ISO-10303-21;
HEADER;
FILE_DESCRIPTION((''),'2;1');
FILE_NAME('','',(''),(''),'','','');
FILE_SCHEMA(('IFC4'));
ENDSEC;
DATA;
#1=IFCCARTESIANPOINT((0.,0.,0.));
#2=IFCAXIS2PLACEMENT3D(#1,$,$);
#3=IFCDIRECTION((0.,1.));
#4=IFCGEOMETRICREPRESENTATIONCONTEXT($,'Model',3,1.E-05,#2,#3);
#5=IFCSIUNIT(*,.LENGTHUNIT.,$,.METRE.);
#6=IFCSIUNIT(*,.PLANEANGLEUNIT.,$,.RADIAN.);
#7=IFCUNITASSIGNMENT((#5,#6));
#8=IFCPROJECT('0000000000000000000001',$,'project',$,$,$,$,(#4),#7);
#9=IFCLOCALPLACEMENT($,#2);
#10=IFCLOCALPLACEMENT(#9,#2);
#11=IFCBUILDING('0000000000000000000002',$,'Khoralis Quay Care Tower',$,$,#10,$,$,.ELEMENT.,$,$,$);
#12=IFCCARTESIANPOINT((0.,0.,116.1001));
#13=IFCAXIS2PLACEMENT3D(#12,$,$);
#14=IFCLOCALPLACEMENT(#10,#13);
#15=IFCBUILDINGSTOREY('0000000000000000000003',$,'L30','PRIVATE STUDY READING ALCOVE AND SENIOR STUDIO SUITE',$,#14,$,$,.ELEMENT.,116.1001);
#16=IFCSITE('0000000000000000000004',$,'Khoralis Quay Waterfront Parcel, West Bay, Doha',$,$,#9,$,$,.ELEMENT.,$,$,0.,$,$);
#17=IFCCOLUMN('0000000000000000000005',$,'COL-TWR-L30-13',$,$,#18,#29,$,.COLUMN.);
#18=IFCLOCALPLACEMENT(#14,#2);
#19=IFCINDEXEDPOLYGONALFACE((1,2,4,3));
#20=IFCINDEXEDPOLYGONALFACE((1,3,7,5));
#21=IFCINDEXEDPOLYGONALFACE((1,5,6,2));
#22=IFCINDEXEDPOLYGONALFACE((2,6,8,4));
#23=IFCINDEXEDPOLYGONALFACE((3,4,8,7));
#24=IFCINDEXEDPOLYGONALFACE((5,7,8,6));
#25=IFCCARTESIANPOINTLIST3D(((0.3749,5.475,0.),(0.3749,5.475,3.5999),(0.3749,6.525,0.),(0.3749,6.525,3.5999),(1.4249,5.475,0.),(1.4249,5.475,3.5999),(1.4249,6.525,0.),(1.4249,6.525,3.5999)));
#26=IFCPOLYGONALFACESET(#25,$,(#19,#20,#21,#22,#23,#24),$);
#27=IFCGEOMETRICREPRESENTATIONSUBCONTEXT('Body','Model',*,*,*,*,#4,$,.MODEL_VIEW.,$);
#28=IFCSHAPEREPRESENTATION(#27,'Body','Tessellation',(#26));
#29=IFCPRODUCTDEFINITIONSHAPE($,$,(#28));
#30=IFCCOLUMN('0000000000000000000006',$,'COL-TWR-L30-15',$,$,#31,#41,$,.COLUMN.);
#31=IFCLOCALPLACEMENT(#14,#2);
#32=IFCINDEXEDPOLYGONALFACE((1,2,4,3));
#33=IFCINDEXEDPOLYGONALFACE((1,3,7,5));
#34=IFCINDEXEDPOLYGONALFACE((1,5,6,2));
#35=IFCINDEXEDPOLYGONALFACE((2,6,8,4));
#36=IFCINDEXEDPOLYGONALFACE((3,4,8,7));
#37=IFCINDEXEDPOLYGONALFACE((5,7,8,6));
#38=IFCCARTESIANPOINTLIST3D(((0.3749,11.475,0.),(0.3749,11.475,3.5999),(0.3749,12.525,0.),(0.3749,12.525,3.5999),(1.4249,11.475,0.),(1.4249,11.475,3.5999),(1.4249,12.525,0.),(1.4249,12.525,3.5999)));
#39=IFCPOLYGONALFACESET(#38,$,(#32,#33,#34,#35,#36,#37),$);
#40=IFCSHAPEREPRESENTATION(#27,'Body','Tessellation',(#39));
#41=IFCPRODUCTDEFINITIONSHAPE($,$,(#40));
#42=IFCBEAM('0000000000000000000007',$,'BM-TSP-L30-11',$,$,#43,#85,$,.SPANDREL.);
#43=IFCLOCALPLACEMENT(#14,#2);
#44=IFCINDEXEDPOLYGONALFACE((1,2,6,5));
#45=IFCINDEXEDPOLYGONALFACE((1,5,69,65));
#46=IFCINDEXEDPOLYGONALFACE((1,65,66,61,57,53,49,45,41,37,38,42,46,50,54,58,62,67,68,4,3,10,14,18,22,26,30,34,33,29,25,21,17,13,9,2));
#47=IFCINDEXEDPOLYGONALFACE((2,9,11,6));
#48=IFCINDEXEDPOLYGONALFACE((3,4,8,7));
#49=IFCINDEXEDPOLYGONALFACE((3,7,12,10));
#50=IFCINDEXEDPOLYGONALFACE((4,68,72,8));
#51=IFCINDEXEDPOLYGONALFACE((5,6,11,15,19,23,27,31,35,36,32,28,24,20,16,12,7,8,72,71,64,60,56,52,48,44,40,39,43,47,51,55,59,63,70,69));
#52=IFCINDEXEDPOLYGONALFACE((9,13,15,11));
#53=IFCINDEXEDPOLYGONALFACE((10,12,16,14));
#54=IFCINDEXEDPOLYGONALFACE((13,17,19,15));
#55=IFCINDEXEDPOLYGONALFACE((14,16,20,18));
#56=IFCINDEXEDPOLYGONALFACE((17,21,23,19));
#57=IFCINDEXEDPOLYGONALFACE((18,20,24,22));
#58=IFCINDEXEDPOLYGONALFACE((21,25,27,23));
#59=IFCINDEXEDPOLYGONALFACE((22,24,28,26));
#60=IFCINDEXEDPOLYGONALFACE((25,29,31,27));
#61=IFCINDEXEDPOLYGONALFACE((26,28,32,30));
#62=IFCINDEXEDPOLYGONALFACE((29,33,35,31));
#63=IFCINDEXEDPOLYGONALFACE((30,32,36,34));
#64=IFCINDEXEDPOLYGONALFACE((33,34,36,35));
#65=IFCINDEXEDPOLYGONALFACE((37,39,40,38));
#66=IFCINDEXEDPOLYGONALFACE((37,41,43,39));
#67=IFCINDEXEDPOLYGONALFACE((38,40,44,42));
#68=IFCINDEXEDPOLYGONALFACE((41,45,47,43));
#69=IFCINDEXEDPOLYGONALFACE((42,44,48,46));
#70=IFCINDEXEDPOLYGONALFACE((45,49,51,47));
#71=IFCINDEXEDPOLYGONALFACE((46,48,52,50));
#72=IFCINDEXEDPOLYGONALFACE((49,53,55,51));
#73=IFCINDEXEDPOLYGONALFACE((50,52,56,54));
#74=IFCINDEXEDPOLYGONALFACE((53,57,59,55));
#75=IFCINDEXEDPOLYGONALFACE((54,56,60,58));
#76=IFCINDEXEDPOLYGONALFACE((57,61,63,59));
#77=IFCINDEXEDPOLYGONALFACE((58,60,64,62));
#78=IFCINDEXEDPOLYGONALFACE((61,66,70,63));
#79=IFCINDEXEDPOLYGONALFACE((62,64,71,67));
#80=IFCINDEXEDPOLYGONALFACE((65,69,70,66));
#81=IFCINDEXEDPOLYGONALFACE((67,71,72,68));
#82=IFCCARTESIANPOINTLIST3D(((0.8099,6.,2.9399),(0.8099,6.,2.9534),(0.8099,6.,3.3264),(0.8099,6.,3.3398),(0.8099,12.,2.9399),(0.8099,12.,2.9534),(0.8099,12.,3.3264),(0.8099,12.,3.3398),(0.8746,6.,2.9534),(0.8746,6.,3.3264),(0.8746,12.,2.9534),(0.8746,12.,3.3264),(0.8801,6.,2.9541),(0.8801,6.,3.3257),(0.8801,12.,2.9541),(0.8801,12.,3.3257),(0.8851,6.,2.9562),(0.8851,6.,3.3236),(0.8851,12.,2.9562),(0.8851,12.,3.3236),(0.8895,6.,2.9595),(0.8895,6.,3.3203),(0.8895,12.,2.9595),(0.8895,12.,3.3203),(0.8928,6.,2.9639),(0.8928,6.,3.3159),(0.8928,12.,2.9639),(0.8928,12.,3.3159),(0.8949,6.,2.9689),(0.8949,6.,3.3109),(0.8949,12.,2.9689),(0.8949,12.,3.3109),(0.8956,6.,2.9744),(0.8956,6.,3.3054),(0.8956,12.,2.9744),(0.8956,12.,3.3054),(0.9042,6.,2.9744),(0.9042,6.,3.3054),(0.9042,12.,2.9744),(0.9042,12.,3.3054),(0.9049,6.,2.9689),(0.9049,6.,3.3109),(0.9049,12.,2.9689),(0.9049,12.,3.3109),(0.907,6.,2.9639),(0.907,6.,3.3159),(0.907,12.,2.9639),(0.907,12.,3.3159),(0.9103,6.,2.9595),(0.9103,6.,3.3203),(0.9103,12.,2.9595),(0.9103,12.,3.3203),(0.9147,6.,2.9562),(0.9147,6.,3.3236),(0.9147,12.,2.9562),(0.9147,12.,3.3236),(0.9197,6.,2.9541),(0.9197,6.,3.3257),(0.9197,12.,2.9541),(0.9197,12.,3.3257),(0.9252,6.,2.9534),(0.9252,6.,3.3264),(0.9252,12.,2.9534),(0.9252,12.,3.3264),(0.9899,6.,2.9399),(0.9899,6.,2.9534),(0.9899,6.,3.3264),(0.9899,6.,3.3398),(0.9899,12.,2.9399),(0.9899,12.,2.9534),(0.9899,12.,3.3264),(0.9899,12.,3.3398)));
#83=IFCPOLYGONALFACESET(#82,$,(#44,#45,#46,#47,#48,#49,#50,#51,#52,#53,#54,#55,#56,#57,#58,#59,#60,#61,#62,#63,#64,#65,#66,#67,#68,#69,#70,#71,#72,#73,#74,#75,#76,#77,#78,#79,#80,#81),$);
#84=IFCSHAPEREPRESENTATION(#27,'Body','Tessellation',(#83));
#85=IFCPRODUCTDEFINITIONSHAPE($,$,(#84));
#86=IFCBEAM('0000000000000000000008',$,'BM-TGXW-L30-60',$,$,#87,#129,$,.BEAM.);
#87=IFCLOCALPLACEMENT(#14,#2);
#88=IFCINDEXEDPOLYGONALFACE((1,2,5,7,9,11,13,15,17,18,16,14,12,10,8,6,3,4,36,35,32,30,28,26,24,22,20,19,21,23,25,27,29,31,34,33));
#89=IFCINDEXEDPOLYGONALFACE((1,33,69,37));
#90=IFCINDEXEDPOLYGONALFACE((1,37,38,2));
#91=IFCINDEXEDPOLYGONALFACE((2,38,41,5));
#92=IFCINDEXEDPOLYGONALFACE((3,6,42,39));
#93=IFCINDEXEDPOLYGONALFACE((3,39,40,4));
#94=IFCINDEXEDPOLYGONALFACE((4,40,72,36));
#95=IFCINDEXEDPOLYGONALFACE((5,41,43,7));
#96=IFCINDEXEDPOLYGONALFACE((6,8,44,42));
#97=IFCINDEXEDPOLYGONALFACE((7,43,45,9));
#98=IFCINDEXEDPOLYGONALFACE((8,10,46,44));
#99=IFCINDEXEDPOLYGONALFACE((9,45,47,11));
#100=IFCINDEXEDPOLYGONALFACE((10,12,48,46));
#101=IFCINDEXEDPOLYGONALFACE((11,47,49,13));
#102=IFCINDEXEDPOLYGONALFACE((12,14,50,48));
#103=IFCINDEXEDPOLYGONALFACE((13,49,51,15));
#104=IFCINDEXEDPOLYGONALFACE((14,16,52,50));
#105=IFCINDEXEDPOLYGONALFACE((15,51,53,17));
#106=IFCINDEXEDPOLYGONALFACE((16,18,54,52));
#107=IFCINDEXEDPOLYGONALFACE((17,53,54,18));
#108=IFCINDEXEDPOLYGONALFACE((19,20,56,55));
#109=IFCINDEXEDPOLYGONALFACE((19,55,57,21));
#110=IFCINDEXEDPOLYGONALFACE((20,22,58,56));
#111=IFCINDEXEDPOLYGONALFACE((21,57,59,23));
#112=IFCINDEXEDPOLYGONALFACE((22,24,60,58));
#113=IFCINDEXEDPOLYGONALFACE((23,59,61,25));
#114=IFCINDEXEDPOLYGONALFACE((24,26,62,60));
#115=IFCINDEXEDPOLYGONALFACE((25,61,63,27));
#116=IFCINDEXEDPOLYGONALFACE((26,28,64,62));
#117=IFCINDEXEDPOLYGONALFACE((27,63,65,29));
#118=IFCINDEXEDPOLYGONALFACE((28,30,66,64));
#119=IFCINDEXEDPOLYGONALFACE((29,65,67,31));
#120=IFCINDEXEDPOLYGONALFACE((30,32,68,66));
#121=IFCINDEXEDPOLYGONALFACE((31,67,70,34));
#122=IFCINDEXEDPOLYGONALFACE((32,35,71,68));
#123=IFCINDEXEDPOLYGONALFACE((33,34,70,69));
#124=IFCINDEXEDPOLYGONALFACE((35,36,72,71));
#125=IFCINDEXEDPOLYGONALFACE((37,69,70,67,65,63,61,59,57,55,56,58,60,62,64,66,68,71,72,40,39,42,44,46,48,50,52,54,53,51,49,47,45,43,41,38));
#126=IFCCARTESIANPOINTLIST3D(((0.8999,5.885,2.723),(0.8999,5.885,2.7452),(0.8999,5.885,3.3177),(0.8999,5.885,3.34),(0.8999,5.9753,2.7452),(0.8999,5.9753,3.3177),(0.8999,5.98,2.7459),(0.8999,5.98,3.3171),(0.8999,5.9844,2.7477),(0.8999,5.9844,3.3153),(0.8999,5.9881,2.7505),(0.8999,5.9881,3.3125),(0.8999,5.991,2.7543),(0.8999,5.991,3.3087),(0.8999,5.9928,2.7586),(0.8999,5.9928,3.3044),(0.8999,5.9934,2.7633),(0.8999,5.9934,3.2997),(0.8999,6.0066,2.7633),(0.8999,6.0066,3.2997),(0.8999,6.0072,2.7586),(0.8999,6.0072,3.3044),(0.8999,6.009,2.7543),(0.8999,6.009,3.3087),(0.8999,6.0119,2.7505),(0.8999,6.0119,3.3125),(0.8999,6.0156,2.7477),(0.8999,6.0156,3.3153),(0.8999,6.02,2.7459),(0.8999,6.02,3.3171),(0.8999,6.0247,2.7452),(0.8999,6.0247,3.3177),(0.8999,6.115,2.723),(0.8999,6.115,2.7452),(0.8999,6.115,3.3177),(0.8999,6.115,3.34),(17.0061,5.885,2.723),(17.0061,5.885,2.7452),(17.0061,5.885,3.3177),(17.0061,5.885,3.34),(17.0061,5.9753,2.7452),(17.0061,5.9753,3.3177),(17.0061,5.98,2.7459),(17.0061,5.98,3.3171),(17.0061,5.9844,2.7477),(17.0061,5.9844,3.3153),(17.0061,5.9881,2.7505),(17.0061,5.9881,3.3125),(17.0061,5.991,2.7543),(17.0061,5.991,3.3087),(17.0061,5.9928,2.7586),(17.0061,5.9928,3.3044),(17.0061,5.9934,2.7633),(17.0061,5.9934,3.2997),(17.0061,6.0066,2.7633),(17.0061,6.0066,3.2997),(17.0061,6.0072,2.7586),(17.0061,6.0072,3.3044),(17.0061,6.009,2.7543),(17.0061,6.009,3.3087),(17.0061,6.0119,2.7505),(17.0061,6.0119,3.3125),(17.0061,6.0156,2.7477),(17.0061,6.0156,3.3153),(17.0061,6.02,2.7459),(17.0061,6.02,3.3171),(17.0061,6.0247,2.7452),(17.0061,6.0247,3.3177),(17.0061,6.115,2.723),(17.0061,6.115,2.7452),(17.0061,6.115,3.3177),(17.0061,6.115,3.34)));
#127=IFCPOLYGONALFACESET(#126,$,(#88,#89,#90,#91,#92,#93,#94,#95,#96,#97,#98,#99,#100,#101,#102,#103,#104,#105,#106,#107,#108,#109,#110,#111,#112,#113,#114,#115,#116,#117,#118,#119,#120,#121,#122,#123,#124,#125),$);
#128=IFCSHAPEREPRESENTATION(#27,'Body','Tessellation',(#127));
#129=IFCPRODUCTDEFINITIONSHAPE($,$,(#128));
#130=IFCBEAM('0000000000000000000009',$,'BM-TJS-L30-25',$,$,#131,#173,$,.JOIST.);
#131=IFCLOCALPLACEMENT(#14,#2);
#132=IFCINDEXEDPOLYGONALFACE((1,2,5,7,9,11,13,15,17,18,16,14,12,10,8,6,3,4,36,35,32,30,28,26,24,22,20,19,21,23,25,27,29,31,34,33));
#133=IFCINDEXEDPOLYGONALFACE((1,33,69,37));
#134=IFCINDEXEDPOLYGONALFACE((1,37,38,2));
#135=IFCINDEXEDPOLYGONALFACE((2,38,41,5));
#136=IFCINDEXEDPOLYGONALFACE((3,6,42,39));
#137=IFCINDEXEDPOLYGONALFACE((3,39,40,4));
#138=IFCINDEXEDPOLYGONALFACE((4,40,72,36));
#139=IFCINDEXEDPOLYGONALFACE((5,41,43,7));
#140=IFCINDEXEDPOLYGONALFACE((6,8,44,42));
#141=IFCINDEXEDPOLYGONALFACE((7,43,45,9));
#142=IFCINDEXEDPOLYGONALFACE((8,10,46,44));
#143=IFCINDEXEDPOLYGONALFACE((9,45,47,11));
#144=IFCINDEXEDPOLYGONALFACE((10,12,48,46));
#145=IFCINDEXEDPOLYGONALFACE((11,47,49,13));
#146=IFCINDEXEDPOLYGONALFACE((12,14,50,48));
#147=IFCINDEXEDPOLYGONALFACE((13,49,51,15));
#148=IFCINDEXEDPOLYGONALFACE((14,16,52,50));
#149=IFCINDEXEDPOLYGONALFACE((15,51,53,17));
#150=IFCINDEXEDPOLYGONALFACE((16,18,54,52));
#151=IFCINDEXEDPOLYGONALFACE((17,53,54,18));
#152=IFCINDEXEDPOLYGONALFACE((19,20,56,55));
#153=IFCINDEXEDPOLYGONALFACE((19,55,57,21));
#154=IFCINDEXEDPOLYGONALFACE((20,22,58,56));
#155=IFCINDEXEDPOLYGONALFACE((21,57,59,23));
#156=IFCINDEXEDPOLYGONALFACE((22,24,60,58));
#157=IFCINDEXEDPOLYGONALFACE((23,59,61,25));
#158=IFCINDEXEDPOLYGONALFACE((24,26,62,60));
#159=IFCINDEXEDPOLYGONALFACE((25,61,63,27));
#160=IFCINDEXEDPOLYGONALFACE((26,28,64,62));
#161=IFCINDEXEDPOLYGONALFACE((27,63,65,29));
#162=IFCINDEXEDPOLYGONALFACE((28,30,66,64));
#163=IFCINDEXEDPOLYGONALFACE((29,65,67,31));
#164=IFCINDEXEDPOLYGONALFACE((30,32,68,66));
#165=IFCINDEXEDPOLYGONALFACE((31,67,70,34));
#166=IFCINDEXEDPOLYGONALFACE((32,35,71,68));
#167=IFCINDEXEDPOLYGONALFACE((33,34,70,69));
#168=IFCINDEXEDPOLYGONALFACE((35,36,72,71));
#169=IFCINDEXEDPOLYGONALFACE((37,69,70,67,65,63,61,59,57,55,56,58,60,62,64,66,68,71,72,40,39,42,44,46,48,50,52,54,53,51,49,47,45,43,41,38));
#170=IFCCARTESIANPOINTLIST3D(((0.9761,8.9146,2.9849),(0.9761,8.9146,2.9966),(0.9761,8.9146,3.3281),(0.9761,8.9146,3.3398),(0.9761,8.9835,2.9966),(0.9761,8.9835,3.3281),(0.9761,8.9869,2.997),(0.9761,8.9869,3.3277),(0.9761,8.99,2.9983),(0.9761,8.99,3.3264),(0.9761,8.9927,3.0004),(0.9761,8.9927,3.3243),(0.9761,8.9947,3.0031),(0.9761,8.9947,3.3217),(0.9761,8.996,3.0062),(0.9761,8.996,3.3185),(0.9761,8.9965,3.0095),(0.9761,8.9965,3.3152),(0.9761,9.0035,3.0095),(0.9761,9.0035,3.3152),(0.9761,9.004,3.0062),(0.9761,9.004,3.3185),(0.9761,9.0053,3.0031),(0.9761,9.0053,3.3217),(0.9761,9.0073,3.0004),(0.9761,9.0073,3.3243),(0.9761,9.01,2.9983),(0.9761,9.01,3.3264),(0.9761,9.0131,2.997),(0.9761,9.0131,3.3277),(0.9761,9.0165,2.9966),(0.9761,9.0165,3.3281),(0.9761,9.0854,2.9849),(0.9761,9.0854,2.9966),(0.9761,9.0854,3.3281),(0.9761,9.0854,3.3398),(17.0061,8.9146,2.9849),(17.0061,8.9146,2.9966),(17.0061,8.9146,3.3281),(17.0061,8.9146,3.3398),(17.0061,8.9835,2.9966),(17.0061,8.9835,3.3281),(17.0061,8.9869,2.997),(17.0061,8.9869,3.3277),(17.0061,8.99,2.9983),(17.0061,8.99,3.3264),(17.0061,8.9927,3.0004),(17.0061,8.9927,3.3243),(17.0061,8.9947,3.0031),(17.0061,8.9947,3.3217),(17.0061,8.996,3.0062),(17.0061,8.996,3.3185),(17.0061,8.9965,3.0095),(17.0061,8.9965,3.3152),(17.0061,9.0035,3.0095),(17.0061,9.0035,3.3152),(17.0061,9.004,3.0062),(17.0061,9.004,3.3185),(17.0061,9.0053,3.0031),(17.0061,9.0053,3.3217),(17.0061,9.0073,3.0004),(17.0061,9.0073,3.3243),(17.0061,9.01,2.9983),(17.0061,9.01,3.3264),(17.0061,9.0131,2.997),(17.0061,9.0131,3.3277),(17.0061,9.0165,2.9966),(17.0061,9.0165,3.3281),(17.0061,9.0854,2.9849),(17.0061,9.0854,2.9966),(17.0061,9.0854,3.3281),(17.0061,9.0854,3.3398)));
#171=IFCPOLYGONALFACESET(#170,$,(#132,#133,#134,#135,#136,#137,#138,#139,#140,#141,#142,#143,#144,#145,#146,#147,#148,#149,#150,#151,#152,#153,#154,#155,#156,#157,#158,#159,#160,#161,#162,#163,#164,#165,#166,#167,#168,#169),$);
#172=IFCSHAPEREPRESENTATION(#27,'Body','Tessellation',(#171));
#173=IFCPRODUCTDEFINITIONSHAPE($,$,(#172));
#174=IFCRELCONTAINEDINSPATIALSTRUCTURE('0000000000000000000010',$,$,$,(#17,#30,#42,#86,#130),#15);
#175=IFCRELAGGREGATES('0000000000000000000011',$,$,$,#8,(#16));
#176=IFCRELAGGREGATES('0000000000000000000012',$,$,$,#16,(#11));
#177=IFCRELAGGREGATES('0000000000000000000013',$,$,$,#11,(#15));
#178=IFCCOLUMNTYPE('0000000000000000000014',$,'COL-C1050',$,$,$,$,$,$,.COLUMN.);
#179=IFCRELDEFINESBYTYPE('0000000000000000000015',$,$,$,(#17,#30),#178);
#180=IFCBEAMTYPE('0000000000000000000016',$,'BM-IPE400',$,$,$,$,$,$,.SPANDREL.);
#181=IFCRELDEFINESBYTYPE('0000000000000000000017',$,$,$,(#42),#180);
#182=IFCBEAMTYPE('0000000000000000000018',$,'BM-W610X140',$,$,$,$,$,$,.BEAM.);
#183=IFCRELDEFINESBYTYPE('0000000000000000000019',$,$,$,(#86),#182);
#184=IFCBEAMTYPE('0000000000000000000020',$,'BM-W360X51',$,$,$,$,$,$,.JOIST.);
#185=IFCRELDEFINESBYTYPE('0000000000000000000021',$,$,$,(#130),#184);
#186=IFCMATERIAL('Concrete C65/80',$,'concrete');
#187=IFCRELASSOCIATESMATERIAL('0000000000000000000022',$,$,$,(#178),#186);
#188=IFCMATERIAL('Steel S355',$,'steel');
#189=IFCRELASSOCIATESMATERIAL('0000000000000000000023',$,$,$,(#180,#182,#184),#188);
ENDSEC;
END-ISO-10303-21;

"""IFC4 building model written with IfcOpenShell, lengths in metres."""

from ifc_helpers import new_model, si_unit, direction, frame, origin, origin_2d, place, context, subcontext, project, spatial, rectangle, i_section, extrude, source, transform, mapped, material, material_profile, profile_set, type_object, element, save


model = new_model("IFC4")

# Units and contexts
model_context = context("Model", 3, precision=1e-05, world=origin(), true_north=direction((0.0, 1.0)))
body_context = subcontext(model_context, "Body", "Model", "MODEL_VIEW")
ifc_project = project(units=[si_unit("LENGTHUNIT", "METRE"), si_unit("PLANEANGLEUNIT", "RADIAN")], contexts=[model_context])

# Site, building, storey
site_placement = place(None, origin())
site = spatial("IfcSite", under=ifc_project, at=site_placement, Name="Khoralis Quay Waterfront Parcel, West Bay, Doha", CompositionType="ELEMENT", RefElevation=0.0)
building_placement = place(site_placement, origin())
building = spatial("IfcBuilding", under=site, at=building_placement, Name="Khoralis Quay Care Tower", CompositionType="ELEMENT")
storey_placement = place(building_placement, frame((0.0, 0.0, 116.1001)))
storey = spatial("IfcBuildingStorey", under=building, at=storey_placement, Name="L30", Description="PRIVATE STUDY READING ALCOVE AND SENIOR STUDIO SUITE", CompositionType="ELEMENT", Elevation=116.1001)

# Columns
ifc_material_1 = material(Name="Concrete C65/80", Category="concrete")
ifc_material_profile_1 = material_profile(ifc_material_1, rectangle(XDim=1.05, YDim=1.05, at=origin_2d()), Name="Concrete C65/80")
ifc_profile_set_1 = profile_set([ifc_material_profile_1], Name="Concrete C65/80")
column_type = type_object("IfcColumnType", Name="COL-C1050", PredefinedType="COLUMN", material=ifc_profile_set_1)
shared_shape_1 = source(origin(), body_context, "Body", "SweptSolid", [
    extrude(rectangle(XDim=1.05, YDim=1.05, at=origin_2d()), origin(), (0.0, 0.0, 1.0), 3.5999),
])
for number, where, z_axis, x_axis, name in (
    (1, (0.8999, 6.0, 0.0), (0.0, 0.0, 1.0), (1.0, 0.0, 0.0), "COL-TWR-L30-13"),
    (2, (0.8999, 12.0, 0.0), (0.0, 0.0, 1.0), (1.0, 0.0, 0.0), "COL-TWR-L30-15"),
):
    element("IfcColumn", number, at=place(storey_placement, frame(where, z_axis=z_axis, x_axis=x_axis)), inside=storey, type_object=column_type, Name=name, PredefinedType="COLUMN", context=body_context, shape_type="MappedRepresentation", body=[
        mapped(shared_shape_1, transform((0.0, 0.0, 0.0), scale=1.0)),
    ])

# Beams
ifc_material_2 = material(Name="Steel S355", Category="steel")
ifc_material_profile_2 = material_profile(ifc_material_2, i_section(OverallWidth=0.1799, OverallDepth=0.3999, WebThickness=0.0085, FlangeThickness=0.0134, FilletRadius=0.021, at=origin_2d()), Name="Steel S355")
ifc_profile_set_2 = profile_set([ifc_material_profile_2], Name="Steel S355")
beam_type_1 = type_object("IfcBeamType", Name="BM-IPE400", PredefinedType="SPANDREL", material=ifc_profile_set_2)
shared_shape_2 = source(origin(), body_context, "Body", "SweptSolid", [
    extrude(i_section(OverallWidth=0.1799, OverallDepth=0.3999, WebThickness=0.0085, FlangeThickness=0.0134, FilletRadius=0.021, at=origin_2d()), origin(), (0.0, 0.0, 1.0), 6.0),
])
beam_1_placement = place(storey_placement, frame((0.8999, 6.0, 3.1399), z_axis=(0.0, 1.0, 0.0), x_axis=(-1.0, 0.0, 0.0)))
element("IfcBeam", 3, at=beam_1_placement, inside=storey, type_object=beam_type_1, Name="BM-TSP-L30-11", PredefinedType="SPANDREL", context=body_context, shape_type="MappedRepresentation", body=[
    mapped(shared_shape_2, transform((0.0, 0.0, 0.0), scale=1.0)),
])
ifc_material_profile_3 = material_profile(ifc_material_2, i_section(OverallWidth=0.23, OverallDepth=0.6169, WebThickness=0.0132, FlangeThickness=0.0222, FilletRadius=0.0181, at=origin_2d()), Name="Steel S355")
ifc_profile_set_3 = profile_set([ifc_material_profile_3], Name="Steel S355")
beam_type_2 = type_object("IfcBeamType", Name="BM-W610X140", PredefinedType="BEAM", material=ifc_profile_set_3)
shared_shape_3 = source(origin(), body_context, "Body", "SweptSolid", [
    extrude(i_section(OverallWidth=0.23, OverallDepth=0.6169, WebThickness=0.0132, FlangeThickness=0.0222, FilletRadius=0.0181, at=origin_2d()), origin(), (0.0, 0.0, 1.0), 16.1062),
])
beam_2_placement = place(storey_placement, frame((0.8999, 6.0, 3.0315), z_axis=(1.0, 0.0, 0.0), x_axis=(0.0, 1.0, 0.0)))
element("IfcBeam", 4, at=beam_2_placement, inside=storey, type_object=beam_type_2, Name="BM-TGXW-L30-60", PredefinedType="BEAM", context=body_context, shape_type="MappedRepresentation", body=[
    mapped(shared_shape_3, transform((0.0, 0.0, 0.0), scale=1.0)),
])
ifc_material_profile_4 = material_profile(ifc_material_2, i_section(OverallWidth=0.1709, OverallDepth=0.355, WebThickness=0.0071, FlangeThickness=0.0117, FilletRadius=0.0129, at=origin_2d()), Name="Steel S355")
ifc_profile_set_4 = profile_set([ifc_material_profile_4], Name="Steel S355")
beam_type_3 = type_object("IfcBeamType", Name="BM-W360X51", PredefinedType="JOIST", material=ifc_profile_set_4)
shared_shape_4 = source(origin(), body_context, "Body", "SweptSolid", [
    extrude(i_section(OverallWidth=0.1709, OverallDepth=0.355, WebThickness=0.0071, FlangeThickness=0.0117, FilletRadius=0.0129, at=origin_2d()), origin(), (0.0, 0.0, 1.0), 16.03),
])
beam_3_placement = place(storey_placement, frame((0.9761, 9.0, 3.1624), z_axis=(1.0, 0.0, 0.0), x_axis=(0.0, 1.0, 0.0)))
element("IfcBeam", 5, at=beam_3_placement, inside=storey, type_object=beam_type_3, Name="BM-TJS-L30-25", PredefinedType="JOIST", context=body_context, shape_type="MappedRepresentation", body=[
    mapped(shared_shape_4, transform((0.0, 0.0, 0.0), scale=1.0)),
])

save(model, "model.ifc")
